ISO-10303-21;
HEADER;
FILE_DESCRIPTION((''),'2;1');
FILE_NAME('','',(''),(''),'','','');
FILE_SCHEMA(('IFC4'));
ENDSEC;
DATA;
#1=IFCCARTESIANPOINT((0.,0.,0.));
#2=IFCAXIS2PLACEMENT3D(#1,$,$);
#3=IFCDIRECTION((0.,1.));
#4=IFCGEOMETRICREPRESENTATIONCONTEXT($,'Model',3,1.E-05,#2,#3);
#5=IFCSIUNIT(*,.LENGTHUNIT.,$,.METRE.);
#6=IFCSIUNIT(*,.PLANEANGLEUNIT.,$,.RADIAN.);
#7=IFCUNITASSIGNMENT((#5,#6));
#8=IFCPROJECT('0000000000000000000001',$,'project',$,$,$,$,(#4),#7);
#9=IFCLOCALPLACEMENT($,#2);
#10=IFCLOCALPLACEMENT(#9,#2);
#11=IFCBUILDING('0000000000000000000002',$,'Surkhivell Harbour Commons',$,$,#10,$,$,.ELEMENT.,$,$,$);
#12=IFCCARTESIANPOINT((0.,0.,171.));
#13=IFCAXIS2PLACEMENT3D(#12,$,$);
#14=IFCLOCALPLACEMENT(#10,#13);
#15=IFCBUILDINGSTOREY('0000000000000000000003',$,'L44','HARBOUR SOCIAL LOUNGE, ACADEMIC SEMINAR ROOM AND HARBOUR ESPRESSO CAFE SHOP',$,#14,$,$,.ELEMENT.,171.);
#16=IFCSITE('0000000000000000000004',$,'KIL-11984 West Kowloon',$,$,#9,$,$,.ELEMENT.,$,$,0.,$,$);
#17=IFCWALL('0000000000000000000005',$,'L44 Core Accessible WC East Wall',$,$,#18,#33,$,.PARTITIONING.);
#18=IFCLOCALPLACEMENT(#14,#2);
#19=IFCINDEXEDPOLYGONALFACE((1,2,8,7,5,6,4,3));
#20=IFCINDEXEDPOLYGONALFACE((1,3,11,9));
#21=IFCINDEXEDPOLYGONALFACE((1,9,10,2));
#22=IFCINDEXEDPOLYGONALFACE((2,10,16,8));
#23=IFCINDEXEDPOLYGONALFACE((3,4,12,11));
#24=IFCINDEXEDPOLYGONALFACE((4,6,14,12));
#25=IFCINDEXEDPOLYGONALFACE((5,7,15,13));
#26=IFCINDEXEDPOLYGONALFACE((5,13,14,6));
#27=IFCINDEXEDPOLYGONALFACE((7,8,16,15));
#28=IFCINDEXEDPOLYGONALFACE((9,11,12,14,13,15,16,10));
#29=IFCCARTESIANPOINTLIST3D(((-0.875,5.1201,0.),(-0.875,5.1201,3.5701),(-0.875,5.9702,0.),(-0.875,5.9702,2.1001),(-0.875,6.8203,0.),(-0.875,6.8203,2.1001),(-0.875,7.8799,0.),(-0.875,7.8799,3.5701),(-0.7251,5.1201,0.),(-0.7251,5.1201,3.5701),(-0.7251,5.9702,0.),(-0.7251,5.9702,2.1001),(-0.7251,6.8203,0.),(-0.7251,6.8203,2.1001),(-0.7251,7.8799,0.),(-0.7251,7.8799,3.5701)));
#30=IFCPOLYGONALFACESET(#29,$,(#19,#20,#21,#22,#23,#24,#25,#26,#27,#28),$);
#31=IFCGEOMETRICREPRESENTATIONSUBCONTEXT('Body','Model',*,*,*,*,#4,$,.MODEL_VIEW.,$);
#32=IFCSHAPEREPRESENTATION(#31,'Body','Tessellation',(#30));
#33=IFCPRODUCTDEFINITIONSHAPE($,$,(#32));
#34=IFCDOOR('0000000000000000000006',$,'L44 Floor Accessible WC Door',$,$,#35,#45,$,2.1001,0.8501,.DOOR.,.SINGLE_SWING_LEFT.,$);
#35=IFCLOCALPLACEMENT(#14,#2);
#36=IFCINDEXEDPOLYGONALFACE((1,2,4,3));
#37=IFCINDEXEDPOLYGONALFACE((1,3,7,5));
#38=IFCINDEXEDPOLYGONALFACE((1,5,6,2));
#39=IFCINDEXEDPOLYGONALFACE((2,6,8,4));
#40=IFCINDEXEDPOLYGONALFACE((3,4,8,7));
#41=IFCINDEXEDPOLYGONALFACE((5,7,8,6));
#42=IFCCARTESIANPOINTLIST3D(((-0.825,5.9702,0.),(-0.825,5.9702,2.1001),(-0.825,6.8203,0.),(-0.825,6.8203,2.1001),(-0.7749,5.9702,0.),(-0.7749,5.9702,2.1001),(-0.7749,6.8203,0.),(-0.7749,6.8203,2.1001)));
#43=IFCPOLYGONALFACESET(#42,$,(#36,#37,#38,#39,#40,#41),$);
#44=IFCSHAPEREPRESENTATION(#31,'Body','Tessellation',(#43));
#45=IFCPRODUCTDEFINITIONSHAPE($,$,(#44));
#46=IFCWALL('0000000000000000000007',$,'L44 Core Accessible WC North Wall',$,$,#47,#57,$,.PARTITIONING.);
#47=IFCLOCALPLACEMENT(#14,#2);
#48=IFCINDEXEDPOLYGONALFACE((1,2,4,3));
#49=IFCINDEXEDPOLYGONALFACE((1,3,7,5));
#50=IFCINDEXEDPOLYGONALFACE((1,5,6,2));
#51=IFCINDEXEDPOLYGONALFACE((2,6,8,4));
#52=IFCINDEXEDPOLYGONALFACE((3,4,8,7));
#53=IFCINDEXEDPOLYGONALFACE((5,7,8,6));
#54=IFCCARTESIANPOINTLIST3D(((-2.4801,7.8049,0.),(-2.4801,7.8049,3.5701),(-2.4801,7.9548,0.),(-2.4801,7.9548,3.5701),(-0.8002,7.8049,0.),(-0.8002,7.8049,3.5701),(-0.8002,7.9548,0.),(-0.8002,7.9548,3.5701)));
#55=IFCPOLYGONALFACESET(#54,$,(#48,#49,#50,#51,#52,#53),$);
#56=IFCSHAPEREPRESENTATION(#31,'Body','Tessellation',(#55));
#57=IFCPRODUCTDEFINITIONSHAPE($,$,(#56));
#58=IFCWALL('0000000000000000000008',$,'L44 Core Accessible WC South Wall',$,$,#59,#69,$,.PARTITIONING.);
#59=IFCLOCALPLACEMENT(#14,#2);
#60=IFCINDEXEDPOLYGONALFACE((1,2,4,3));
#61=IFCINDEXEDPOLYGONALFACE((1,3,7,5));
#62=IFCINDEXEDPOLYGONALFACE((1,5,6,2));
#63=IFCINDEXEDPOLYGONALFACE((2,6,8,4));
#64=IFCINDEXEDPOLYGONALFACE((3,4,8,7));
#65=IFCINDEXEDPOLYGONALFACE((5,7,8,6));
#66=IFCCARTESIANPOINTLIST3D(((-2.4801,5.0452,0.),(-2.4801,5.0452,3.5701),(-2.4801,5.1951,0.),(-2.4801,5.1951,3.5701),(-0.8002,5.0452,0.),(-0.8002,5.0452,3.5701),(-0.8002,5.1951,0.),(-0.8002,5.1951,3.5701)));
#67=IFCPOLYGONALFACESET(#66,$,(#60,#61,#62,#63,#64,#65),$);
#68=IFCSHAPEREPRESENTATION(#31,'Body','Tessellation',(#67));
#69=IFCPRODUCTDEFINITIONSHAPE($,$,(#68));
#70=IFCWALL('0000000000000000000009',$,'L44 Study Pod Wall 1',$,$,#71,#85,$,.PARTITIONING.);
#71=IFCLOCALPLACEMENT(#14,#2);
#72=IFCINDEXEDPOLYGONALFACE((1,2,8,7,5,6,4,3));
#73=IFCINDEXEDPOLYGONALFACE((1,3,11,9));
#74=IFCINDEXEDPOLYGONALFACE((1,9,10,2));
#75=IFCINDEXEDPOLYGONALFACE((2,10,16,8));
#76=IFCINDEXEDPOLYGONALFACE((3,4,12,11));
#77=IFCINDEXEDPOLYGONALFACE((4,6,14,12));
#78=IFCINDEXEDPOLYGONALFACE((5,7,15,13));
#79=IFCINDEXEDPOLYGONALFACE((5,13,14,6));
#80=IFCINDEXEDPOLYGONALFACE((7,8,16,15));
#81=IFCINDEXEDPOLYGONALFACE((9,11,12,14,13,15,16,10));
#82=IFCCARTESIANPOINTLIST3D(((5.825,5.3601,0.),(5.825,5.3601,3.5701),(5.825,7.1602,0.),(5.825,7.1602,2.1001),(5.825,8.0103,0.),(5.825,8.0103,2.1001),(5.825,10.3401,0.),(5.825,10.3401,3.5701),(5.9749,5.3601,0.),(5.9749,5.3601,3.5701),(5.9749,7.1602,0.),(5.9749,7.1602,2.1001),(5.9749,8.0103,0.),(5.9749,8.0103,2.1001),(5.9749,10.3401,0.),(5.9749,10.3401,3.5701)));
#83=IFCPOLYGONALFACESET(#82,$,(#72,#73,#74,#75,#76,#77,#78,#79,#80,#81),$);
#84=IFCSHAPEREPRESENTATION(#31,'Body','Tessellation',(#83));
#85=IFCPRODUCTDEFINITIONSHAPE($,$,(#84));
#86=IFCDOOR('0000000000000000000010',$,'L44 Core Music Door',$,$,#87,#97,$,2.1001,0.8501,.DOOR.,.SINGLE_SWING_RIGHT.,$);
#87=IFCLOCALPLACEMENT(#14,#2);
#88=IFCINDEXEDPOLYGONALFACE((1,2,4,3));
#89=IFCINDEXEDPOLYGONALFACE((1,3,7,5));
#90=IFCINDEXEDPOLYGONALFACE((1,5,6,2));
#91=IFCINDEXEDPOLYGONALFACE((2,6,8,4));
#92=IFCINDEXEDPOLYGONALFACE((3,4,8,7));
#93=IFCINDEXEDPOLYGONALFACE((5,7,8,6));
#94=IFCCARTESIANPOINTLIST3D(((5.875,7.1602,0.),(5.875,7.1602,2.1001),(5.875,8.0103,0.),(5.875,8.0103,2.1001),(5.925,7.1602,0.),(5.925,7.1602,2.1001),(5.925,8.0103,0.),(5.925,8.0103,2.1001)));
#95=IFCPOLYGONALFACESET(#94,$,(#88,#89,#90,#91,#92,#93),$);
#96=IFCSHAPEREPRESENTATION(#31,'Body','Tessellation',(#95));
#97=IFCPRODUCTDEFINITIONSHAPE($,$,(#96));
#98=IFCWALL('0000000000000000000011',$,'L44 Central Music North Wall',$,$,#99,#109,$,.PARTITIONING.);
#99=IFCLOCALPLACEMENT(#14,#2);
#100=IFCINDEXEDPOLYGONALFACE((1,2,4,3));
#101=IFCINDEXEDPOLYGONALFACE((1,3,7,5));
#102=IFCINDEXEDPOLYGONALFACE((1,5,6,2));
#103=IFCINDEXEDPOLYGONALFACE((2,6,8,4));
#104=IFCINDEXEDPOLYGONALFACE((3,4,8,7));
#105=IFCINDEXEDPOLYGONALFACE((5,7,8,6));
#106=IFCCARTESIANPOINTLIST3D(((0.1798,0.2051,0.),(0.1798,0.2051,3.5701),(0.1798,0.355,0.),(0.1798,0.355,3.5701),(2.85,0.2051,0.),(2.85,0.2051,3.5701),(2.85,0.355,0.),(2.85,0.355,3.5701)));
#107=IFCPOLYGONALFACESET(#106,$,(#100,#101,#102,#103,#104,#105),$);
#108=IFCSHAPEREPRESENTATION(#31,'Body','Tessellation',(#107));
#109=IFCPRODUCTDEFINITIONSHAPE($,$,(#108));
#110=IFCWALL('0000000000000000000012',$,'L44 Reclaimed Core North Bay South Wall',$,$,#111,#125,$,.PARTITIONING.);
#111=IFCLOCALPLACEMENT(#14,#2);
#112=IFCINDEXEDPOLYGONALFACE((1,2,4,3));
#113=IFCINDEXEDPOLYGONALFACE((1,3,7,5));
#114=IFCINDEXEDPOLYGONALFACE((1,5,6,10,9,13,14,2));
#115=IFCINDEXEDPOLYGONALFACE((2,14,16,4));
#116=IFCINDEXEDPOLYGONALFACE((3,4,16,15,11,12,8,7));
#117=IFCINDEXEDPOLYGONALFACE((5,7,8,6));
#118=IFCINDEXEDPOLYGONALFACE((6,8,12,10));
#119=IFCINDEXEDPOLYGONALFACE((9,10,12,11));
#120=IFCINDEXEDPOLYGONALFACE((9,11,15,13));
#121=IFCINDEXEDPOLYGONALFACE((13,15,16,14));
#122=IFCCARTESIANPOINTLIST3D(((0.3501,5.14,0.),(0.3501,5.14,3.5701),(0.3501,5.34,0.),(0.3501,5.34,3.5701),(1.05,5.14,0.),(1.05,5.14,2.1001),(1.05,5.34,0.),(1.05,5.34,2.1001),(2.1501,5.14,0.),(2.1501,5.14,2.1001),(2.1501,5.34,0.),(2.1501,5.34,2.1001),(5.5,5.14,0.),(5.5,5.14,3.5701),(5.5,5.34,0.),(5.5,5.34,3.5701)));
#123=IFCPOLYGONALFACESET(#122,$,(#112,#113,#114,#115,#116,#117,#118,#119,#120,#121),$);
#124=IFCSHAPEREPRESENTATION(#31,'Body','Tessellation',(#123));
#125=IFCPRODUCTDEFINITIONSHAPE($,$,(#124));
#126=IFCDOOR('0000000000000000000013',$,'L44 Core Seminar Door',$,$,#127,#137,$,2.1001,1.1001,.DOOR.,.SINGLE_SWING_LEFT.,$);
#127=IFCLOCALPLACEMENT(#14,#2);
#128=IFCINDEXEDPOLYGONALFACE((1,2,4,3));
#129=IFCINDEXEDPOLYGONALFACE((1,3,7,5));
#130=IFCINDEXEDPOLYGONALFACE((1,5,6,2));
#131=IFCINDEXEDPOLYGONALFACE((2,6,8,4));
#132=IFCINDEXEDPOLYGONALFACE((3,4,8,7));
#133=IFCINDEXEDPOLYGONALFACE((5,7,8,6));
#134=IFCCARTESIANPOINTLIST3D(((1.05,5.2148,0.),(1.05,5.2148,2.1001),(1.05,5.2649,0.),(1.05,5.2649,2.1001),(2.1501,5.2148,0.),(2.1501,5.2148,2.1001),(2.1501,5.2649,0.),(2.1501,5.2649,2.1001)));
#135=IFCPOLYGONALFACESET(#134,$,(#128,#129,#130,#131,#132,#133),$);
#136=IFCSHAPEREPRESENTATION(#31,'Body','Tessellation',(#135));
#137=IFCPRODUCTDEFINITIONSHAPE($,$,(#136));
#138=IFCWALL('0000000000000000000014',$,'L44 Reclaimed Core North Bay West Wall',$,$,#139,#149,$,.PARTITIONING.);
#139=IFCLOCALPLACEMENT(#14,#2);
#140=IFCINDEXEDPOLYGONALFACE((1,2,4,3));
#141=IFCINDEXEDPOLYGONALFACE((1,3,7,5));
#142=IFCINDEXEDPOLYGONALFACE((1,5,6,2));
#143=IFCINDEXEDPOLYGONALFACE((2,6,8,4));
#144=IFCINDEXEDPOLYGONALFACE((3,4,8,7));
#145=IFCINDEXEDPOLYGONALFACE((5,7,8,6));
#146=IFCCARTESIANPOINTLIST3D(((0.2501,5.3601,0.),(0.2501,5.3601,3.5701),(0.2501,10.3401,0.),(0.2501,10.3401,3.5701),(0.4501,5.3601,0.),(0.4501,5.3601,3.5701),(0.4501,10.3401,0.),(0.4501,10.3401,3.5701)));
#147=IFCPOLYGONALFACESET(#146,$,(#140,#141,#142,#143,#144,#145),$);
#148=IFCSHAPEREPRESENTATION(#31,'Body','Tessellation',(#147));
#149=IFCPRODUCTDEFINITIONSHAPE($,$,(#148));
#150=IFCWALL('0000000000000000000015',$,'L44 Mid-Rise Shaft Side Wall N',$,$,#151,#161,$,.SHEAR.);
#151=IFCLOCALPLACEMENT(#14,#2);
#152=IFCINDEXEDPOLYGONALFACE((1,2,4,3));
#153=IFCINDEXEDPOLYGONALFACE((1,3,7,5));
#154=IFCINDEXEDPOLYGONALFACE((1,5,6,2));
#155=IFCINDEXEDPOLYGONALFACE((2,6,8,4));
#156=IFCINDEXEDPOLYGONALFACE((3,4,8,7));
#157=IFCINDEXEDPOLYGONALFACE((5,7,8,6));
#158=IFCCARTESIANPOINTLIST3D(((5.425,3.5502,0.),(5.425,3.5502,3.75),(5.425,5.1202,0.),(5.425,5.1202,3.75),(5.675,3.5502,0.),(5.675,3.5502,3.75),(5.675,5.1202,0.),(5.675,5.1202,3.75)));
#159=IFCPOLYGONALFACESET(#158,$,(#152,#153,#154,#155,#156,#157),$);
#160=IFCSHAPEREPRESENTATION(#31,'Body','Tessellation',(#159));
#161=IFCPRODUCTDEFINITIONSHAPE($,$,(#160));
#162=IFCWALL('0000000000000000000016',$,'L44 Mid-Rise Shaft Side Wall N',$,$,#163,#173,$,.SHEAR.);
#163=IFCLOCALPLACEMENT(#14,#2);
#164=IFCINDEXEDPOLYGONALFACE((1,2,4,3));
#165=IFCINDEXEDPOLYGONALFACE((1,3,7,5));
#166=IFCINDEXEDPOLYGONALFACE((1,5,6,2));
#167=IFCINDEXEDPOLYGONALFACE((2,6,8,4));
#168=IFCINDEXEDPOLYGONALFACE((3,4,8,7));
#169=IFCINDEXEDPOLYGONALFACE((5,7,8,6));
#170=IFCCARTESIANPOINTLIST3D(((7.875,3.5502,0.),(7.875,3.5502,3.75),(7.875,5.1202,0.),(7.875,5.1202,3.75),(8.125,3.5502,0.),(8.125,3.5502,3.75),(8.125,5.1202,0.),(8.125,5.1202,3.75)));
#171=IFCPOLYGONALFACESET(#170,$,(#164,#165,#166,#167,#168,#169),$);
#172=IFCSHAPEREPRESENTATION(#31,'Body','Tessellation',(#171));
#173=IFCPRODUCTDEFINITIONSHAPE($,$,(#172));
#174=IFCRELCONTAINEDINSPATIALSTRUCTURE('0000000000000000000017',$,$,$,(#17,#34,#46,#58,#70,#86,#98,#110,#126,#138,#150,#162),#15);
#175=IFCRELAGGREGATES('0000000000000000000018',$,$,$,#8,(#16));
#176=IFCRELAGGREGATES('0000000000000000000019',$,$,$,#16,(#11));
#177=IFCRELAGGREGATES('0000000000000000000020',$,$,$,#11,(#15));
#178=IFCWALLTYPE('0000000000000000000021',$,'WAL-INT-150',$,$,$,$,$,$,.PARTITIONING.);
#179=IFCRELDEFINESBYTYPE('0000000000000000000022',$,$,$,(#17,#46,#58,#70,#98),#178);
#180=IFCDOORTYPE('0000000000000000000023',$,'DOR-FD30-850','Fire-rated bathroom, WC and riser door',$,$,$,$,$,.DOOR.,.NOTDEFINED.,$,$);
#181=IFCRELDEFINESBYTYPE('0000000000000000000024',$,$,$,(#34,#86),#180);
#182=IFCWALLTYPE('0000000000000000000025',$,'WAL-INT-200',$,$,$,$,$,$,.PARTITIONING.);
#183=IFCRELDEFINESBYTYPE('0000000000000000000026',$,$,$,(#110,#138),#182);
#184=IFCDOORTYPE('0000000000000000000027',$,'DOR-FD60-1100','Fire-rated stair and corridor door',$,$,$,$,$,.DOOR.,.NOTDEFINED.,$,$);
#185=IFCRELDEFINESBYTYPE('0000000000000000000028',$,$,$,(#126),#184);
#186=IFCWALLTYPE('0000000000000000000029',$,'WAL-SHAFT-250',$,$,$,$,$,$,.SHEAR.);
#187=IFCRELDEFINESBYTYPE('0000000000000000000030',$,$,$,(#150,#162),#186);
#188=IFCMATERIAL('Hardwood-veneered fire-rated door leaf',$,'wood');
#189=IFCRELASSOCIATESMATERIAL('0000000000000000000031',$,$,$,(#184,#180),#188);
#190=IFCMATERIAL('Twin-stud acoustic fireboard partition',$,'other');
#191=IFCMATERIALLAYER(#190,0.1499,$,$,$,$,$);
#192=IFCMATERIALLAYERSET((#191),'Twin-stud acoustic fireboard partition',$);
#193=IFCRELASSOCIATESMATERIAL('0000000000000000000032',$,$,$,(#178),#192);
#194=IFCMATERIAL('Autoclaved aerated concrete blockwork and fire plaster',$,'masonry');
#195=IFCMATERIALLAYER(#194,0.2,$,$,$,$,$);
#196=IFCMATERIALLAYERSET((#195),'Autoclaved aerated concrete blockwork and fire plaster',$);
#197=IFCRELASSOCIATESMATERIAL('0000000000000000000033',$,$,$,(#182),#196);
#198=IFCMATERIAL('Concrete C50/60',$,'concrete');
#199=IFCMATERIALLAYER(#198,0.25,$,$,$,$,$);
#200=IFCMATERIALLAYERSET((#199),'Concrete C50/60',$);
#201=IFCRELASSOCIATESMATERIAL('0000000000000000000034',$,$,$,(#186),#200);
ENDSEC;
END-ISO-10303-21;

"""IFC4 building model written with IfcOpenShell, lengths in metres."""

from ifc_helpers import new_model, si_unit, direction, frame, frame_2d, origin, place, context, subcontext, project, spatial, rectangle, extrude, material, layer, layer_set, type_object, element, fill, save


model = new_model("IFC4")

# Units and contexts
model_context = context("Model", 3, precision=1e-05, world=origin(), true_north=direction((0.0, 1.0)))
body_context = subcontext(model_context, "Body", "Model", "MODEL_VIEW")
ifc_project = project(units=[si_unit("LENGTHUNIT", "METRE"), si_unit("PLANEANGLEUNIT", "RADIAN")], contexts=[model_context])

# Site, building, storey
site_placement = place(None, origin())
site = spatial("IfcSite", under=ifc_project, at=site_placement, Name="KIL-11984 West Kowloon", CompositionType="ELEMENT", RefElevation=0.0)
building_placement = place(site_placement, origin())
building = spatial("IfcBuilding", under=site, at=building_placement, Name="Surkhivell Harbour Commons", CompositionType="ELEMENT")
storey_placement = place(building_placement, frame((0.0, 0.0, 171.0)))
storey = spatial("IfcBuildingStorey", under=building, at=storey_placement, Name="L44", Description="HARBOUR SOCIAL LOUNGE, ACADEMIC SEMINAR ROOM AND HARBOUR ESPRESSO CAFE SHOP", CompositionType="ELEMENT", Elevation=171.0)

# Shared definitions
ifc_material_1 = material(Name="Hardwood-veneered fire-rated door leaf", Category="wood")
door_type_1 = type_object("IfcDoorType", Name="DOR-FD60-1100", Description="Fire-rated stair and corridor door", OperationType="NOTDEFINED", PredefinedType="DOOR", material=ifc_material_1)

# Wall, opening, door
ifc_material_2 = material(Name="Twin-stud acoustic fireboard partition", Category="other")
ifc_layer_1 = layer(ifc_material_2, 0.1499)
ifc_layer_set_1 = layer_set([ifc_layer_1], Name="Twin-stud acoustic fireboard partition")
wall_type_1 = type_object("IfcWallType", Name="WAL-INT-150", PredefinedType="PARTITIONING", material=ifc_layer_set_1)
wall_1_placement = place(storey_placement, frame((-0.8, 5.1201, 0.0), z_axis=(0.0, 0.0, 1.0), x_axis=(0.0, 1.0, 0.0)))
wall_1 = element("IfcWall", 1, at=wall_1_placement, inside=storey, type_object=wall_type_1, Name="L44 Core Accessible WC East Wall", PredefinedType="PARTITIONING", context=body_context, shape_type="SweptSolid", body=[
    extrude(rectangle(XDim=2.7598, YDim=0.1499, at=frame_2d((1.3799, 0.0))), origin(), (0.0, 0.0, 1.0), 3.5701),
])
opening_1_placement = place(wall_1_placement, frame((0.8501, 0.0, 0.0)))
opening_1 = element("IfcOpeningElement", 2, at=opening_1_placement, cuts=wall_1, PredefinedType="OPENING", context=body_context, shape_type="SweptSolid", body=[
    extrude(rectangle(XDim=0.8501, YDim=2.1001, at=frame_2d((0.425, 1.05))), frame((0.0, 0.085, 0.0), z_axis=(0.0, -1.0, 0.0), x_axis=(1.0, 0.0, 0.0)), (0.0, 0.0, 1.0), 0.1699),
])
door_type_2 = type_object("IfcDoorType", Name="DOR-FD30-850", Description="Fire-rated bathroom, WC and riser door", OperationType="NOTDEFINED", PredefinedType="DOOR", material=ifc_material_1)
door_1_placement = place(opening_1_placement, origin())
door_1 = element("IfcDoor", 3, at=door_1_placement, inside=storey, type_object=door_type_2, Name="L44 Floor Accessible WC Door", OperationType="SINGLE_SWING_LEFT", OverallHeight=2.1001, OverallWidth=0.8501, PredefinedType="DOOR", context=body_context, shape_type="SweptSolid", body=[
    extrude(rectangle(XDim=0.8501, YDim=2.1001, at=frame_2d((0.425, 1.05))), frame((0.0, 0.0249, 0.0), z_axis=(0.0, -1.0, 0.0), x_axis=(1.0, 0.0, 0.0)), (0.0, 0.0, 1.0), 0.05),
])
fill(opening_1, door_1)

# Walls
for number, where, z_axis, x_axis, name in (
    (4, (-2.48, 7.8799, 0.0), (0.0, 0.0, 1.0), (1.0, 0.0, 0.0), "L44 Core Accessible WC North Wall"),
    (5, (-2.48, 5.1201, 0.0), (0.0, 0.0, 1.0), (1.0, 0.0, 0.0), "L44 Core Accessible WC South Wall"),
):
    element("IfcWall", number, at=place(storey_placement, frame(where, z_axis=z_axis, x_axis=x_axis)), inside=storey, type_object=wall_type_1, Name=name, PredefinedType="PARTITIONING", context=body_context, shape_type="SweptSolid", body=[
        extrude(rectangle(XDim=1.6799, YDim=0.1499, at=frame_2d((0.8398, 0.0))), origin(), (0.0, 0.0, 1.0), 3.5701),
    ])

# Wall, opening, door
wall_2_placement = place(storey_placement, frame((5.8999, 5.3601, 0.0), z_axis=(0.0, 0.0, 1.0), x_axis=(0.0, 1.0, 0.0)))
wall_2 = element("IfcWall", 6, at=wall_2_placement, inside=storey, type_object=wall_type_1, Name="L44 Study Pod Wall 1", PredefinedType="PARTITIONING", context=body_context, shape_type="SweptSolid", body=[
    extrude(rectangle(XDim=4.98, YDim=0.1499, at=frame_2d((2.49, 0.0))), origin(), (0.0, 0.0, 1.0), 3.5701),
])
opening_2_placement = place(wall_2_placement, frame((1.8, 0.0, 0.0)))
opening_2 = element("IfcOpeningElement", 7, at=opening_2_placement, cuts=wall_2, PredefinedType="OPENING", context=body_context, shape_type="SweptSolid", body=[
    extrude(rectangle(XDim=0.8501, YDim=2.1001, at=frame_2d((0.425, 1.05))), frame((0.0, 0.085, 0.0), z_axis=(0.0, -1.0, 0.0), x_axis=(1.0, 0.0, 0.0)), (0.0, 0.0, 1.0), 0.1699),
])
door_2_placement = place(opening_2_placement, origin())
door_2 = element("IfcDoor", 8, at=door_2_placement, inside=storey, type_object=door_type_2, Name="L44 Core Music Door", OperationType="SINGLE_SWING_RIGHT", OverallHeight=2.1001, OverallWidth=0.8501, PredefinedType="DOOR", context=body_context, shape_type="SweptSolid", body=[
    extrude(rectangle(XDim=0.8501, YDim=2.1001, at=frame_2d((0.425, 1.05))), frame((0.0, 0.0249, 0.0), z_axis=(0.0, -1.0, 0.0), x_axis=(1.0, 0.0, 0.0)), (0.0, 0.0, 1.0), 0.05),
])
fill(opening_2, door_2)

# Wall
wall_3_placement = place(storey_placement, frame((0.1799, 0.28, 0.0), z_axis=(0.0, 0.0, 1.0), x_axis=(1.0, 0.0, 0.0)))
element("IfcWall", 9, at=wall_3_placement, inside=storey, type_object=wall_type_1, Name="L44 Central Music North Wall", PredefinedType="PARTITIONING", context=body_context, shape_type="SweptSolid", body=[
    extrude(rectangle(XDim=2.6702, YDim=0.1499, at=frame_2d((1.335, 0.0))), origin(), (0.0, 0.0, 1.0), 3.5701),
])

# Wall, opening, door
ifc_material_3 = material(Name="Autoclaved aerated concrete blockwork and fire plaster", Category="masonry")
ifc_layer_2 = layer(ifc_material_3, 0.2)
ifc_layer_set_2 = layer_set([ifc_layer_2], Name="Autoclaved aerated concrete blockwork and fire plaster")
wall_type_2 = type_object("IfcWallType", Name="WAL-INT-200", PredefinedType="PARTITIONING", material=ifc_layer_set_2)
wall_4_placement = place(storey_placement, frame((0.3501, 5.24, 0.0), z_axis=(0.0, 0.0, 1.0), x_axis=(1.0, 0.0, 0.0)))
wall_4 = element("IfcWall", 10, at=wall_4_placement, inside=storey, type_object=wall_type_2, Name="L44 Reclaimed Core North Bay South Wall", PredefinedType="PARTITIONING", context=body_context, shape_type="SweptSolid", body=[
    extrude(rectangle(XDim=5.1499, YDim=0.2, at=frame_2d((2.575, 0.0))), origin(), (0.0, 0.0, 1.0), 3.5701),
])
opening_3_placement = place(wall_4_placement, frame((0.7, 0.0, 0.0)))
opening_3 = element("IfcOpeningElement", 11, at=opening_3_placement, cuts=wall_4, PredefinedType="OPENING", context=body_context, shape_type="SweptSolid", body=[
    extrude(rectangle(XDim=1.1001, YDim=2.1001, at=frame_2d((0.55, 1.05))), frame((0.0, 0.1099, 0.0), z_axis=(0.0, -1.0, 0.0), x_axis=(1.0, 0.0, 0.0)), (0.0, 0.0, 1.0), 0.22),
])
door_3_placement = place(opening_3_placement, origin())
door_3 = element("IfcDoor", 12, at=door_3_placement, inside=storey, type_object=door_type_1, Name="L44 Core Seminar Door", OperationType="SINGLE_SWING_LEFT", OverallHeight=2.1001, OverallWidth=1.1001, PredefinedType="DOOR", context=body_context, shape_type="SweptSolid", body=[
    extrude(rectangle(XDim=1.1001, YDim=2.1001, at=frame_2d((0.55, 1.05))), frame((0.0, 0.0249, 0.0), z_axis=(0.0, -1.0, 0.0), x_axis=(1.0, 0.0, 0.0)), (0.0, 0.0, 1.0), 0.05),
])
fill(opening_3, door_3)

# Walls
wall_5_placement = place(storey_placement, frame((0.3501, 5.3601, 0.0), z_axis=(0.0, 0.0, 1.0), x_axis=(0.0, 1.0, 0.0)))
element("IfcWall", 13, at=wall_5_placement, inside=storey, type_object=wall_type_2, Name="L44 Reclaimed Core North Bay West Wall", PredefinedType="PARTITIONING", context=body_context, shape_type="SweptSolid", body=[
    extrude(rectangle(XDim=4.98, YDim=0.2, at=frame_2d((2.49, 0.0))), origin(), (0.0, 0.0, 1.0), 3.5701),
])
ifc_material_4 = material(Name="Concrete C50/60", Category="concrete")
ifc_layer_3 = layer(ifc_material_4, 0.25)
ifc_layer_set_3 = layer_set([ifc_layer_3], Name="Concrete C50/60")
wall_type_3 = type_object("IfcWallType", Name="WAL-SHAFT-250", PredefinedType="SHEAR", material=ifc_layer_set_3)
for number, where, z_axis, x_axis, name in (
    (14, (5.55, 3.55, 0.0), (0.0, 0.0, 1.0), (0.0, 1.0, 0.0), "L44 Mid-Rise Shaft Side Wall N"),
    (15, (8.0, 3.55, 0.0), (0.0, 0.0, 1.0), (0.0, 1.0, 0.0), "L44 Mid-Rise Shaft Side Wall N"),
):
    element("IfcWall", number, at=place(storey_placement, frame(where, z_axis=z_axis, x_axis=x_axis)), inside=storey, type_object=wall_type_3, Name=name, PredefinedType="SHEAR", context=body_context, shape_type="SweptSolid", body=[
        extrude(rectangle(XDim=1.5701, YDim=0.25, at=frame_2d((0.7852, 0.0))), origin(), (0.0, 0.0, 1.0), 3.75),
    ])

save(model, "model.ifc")
